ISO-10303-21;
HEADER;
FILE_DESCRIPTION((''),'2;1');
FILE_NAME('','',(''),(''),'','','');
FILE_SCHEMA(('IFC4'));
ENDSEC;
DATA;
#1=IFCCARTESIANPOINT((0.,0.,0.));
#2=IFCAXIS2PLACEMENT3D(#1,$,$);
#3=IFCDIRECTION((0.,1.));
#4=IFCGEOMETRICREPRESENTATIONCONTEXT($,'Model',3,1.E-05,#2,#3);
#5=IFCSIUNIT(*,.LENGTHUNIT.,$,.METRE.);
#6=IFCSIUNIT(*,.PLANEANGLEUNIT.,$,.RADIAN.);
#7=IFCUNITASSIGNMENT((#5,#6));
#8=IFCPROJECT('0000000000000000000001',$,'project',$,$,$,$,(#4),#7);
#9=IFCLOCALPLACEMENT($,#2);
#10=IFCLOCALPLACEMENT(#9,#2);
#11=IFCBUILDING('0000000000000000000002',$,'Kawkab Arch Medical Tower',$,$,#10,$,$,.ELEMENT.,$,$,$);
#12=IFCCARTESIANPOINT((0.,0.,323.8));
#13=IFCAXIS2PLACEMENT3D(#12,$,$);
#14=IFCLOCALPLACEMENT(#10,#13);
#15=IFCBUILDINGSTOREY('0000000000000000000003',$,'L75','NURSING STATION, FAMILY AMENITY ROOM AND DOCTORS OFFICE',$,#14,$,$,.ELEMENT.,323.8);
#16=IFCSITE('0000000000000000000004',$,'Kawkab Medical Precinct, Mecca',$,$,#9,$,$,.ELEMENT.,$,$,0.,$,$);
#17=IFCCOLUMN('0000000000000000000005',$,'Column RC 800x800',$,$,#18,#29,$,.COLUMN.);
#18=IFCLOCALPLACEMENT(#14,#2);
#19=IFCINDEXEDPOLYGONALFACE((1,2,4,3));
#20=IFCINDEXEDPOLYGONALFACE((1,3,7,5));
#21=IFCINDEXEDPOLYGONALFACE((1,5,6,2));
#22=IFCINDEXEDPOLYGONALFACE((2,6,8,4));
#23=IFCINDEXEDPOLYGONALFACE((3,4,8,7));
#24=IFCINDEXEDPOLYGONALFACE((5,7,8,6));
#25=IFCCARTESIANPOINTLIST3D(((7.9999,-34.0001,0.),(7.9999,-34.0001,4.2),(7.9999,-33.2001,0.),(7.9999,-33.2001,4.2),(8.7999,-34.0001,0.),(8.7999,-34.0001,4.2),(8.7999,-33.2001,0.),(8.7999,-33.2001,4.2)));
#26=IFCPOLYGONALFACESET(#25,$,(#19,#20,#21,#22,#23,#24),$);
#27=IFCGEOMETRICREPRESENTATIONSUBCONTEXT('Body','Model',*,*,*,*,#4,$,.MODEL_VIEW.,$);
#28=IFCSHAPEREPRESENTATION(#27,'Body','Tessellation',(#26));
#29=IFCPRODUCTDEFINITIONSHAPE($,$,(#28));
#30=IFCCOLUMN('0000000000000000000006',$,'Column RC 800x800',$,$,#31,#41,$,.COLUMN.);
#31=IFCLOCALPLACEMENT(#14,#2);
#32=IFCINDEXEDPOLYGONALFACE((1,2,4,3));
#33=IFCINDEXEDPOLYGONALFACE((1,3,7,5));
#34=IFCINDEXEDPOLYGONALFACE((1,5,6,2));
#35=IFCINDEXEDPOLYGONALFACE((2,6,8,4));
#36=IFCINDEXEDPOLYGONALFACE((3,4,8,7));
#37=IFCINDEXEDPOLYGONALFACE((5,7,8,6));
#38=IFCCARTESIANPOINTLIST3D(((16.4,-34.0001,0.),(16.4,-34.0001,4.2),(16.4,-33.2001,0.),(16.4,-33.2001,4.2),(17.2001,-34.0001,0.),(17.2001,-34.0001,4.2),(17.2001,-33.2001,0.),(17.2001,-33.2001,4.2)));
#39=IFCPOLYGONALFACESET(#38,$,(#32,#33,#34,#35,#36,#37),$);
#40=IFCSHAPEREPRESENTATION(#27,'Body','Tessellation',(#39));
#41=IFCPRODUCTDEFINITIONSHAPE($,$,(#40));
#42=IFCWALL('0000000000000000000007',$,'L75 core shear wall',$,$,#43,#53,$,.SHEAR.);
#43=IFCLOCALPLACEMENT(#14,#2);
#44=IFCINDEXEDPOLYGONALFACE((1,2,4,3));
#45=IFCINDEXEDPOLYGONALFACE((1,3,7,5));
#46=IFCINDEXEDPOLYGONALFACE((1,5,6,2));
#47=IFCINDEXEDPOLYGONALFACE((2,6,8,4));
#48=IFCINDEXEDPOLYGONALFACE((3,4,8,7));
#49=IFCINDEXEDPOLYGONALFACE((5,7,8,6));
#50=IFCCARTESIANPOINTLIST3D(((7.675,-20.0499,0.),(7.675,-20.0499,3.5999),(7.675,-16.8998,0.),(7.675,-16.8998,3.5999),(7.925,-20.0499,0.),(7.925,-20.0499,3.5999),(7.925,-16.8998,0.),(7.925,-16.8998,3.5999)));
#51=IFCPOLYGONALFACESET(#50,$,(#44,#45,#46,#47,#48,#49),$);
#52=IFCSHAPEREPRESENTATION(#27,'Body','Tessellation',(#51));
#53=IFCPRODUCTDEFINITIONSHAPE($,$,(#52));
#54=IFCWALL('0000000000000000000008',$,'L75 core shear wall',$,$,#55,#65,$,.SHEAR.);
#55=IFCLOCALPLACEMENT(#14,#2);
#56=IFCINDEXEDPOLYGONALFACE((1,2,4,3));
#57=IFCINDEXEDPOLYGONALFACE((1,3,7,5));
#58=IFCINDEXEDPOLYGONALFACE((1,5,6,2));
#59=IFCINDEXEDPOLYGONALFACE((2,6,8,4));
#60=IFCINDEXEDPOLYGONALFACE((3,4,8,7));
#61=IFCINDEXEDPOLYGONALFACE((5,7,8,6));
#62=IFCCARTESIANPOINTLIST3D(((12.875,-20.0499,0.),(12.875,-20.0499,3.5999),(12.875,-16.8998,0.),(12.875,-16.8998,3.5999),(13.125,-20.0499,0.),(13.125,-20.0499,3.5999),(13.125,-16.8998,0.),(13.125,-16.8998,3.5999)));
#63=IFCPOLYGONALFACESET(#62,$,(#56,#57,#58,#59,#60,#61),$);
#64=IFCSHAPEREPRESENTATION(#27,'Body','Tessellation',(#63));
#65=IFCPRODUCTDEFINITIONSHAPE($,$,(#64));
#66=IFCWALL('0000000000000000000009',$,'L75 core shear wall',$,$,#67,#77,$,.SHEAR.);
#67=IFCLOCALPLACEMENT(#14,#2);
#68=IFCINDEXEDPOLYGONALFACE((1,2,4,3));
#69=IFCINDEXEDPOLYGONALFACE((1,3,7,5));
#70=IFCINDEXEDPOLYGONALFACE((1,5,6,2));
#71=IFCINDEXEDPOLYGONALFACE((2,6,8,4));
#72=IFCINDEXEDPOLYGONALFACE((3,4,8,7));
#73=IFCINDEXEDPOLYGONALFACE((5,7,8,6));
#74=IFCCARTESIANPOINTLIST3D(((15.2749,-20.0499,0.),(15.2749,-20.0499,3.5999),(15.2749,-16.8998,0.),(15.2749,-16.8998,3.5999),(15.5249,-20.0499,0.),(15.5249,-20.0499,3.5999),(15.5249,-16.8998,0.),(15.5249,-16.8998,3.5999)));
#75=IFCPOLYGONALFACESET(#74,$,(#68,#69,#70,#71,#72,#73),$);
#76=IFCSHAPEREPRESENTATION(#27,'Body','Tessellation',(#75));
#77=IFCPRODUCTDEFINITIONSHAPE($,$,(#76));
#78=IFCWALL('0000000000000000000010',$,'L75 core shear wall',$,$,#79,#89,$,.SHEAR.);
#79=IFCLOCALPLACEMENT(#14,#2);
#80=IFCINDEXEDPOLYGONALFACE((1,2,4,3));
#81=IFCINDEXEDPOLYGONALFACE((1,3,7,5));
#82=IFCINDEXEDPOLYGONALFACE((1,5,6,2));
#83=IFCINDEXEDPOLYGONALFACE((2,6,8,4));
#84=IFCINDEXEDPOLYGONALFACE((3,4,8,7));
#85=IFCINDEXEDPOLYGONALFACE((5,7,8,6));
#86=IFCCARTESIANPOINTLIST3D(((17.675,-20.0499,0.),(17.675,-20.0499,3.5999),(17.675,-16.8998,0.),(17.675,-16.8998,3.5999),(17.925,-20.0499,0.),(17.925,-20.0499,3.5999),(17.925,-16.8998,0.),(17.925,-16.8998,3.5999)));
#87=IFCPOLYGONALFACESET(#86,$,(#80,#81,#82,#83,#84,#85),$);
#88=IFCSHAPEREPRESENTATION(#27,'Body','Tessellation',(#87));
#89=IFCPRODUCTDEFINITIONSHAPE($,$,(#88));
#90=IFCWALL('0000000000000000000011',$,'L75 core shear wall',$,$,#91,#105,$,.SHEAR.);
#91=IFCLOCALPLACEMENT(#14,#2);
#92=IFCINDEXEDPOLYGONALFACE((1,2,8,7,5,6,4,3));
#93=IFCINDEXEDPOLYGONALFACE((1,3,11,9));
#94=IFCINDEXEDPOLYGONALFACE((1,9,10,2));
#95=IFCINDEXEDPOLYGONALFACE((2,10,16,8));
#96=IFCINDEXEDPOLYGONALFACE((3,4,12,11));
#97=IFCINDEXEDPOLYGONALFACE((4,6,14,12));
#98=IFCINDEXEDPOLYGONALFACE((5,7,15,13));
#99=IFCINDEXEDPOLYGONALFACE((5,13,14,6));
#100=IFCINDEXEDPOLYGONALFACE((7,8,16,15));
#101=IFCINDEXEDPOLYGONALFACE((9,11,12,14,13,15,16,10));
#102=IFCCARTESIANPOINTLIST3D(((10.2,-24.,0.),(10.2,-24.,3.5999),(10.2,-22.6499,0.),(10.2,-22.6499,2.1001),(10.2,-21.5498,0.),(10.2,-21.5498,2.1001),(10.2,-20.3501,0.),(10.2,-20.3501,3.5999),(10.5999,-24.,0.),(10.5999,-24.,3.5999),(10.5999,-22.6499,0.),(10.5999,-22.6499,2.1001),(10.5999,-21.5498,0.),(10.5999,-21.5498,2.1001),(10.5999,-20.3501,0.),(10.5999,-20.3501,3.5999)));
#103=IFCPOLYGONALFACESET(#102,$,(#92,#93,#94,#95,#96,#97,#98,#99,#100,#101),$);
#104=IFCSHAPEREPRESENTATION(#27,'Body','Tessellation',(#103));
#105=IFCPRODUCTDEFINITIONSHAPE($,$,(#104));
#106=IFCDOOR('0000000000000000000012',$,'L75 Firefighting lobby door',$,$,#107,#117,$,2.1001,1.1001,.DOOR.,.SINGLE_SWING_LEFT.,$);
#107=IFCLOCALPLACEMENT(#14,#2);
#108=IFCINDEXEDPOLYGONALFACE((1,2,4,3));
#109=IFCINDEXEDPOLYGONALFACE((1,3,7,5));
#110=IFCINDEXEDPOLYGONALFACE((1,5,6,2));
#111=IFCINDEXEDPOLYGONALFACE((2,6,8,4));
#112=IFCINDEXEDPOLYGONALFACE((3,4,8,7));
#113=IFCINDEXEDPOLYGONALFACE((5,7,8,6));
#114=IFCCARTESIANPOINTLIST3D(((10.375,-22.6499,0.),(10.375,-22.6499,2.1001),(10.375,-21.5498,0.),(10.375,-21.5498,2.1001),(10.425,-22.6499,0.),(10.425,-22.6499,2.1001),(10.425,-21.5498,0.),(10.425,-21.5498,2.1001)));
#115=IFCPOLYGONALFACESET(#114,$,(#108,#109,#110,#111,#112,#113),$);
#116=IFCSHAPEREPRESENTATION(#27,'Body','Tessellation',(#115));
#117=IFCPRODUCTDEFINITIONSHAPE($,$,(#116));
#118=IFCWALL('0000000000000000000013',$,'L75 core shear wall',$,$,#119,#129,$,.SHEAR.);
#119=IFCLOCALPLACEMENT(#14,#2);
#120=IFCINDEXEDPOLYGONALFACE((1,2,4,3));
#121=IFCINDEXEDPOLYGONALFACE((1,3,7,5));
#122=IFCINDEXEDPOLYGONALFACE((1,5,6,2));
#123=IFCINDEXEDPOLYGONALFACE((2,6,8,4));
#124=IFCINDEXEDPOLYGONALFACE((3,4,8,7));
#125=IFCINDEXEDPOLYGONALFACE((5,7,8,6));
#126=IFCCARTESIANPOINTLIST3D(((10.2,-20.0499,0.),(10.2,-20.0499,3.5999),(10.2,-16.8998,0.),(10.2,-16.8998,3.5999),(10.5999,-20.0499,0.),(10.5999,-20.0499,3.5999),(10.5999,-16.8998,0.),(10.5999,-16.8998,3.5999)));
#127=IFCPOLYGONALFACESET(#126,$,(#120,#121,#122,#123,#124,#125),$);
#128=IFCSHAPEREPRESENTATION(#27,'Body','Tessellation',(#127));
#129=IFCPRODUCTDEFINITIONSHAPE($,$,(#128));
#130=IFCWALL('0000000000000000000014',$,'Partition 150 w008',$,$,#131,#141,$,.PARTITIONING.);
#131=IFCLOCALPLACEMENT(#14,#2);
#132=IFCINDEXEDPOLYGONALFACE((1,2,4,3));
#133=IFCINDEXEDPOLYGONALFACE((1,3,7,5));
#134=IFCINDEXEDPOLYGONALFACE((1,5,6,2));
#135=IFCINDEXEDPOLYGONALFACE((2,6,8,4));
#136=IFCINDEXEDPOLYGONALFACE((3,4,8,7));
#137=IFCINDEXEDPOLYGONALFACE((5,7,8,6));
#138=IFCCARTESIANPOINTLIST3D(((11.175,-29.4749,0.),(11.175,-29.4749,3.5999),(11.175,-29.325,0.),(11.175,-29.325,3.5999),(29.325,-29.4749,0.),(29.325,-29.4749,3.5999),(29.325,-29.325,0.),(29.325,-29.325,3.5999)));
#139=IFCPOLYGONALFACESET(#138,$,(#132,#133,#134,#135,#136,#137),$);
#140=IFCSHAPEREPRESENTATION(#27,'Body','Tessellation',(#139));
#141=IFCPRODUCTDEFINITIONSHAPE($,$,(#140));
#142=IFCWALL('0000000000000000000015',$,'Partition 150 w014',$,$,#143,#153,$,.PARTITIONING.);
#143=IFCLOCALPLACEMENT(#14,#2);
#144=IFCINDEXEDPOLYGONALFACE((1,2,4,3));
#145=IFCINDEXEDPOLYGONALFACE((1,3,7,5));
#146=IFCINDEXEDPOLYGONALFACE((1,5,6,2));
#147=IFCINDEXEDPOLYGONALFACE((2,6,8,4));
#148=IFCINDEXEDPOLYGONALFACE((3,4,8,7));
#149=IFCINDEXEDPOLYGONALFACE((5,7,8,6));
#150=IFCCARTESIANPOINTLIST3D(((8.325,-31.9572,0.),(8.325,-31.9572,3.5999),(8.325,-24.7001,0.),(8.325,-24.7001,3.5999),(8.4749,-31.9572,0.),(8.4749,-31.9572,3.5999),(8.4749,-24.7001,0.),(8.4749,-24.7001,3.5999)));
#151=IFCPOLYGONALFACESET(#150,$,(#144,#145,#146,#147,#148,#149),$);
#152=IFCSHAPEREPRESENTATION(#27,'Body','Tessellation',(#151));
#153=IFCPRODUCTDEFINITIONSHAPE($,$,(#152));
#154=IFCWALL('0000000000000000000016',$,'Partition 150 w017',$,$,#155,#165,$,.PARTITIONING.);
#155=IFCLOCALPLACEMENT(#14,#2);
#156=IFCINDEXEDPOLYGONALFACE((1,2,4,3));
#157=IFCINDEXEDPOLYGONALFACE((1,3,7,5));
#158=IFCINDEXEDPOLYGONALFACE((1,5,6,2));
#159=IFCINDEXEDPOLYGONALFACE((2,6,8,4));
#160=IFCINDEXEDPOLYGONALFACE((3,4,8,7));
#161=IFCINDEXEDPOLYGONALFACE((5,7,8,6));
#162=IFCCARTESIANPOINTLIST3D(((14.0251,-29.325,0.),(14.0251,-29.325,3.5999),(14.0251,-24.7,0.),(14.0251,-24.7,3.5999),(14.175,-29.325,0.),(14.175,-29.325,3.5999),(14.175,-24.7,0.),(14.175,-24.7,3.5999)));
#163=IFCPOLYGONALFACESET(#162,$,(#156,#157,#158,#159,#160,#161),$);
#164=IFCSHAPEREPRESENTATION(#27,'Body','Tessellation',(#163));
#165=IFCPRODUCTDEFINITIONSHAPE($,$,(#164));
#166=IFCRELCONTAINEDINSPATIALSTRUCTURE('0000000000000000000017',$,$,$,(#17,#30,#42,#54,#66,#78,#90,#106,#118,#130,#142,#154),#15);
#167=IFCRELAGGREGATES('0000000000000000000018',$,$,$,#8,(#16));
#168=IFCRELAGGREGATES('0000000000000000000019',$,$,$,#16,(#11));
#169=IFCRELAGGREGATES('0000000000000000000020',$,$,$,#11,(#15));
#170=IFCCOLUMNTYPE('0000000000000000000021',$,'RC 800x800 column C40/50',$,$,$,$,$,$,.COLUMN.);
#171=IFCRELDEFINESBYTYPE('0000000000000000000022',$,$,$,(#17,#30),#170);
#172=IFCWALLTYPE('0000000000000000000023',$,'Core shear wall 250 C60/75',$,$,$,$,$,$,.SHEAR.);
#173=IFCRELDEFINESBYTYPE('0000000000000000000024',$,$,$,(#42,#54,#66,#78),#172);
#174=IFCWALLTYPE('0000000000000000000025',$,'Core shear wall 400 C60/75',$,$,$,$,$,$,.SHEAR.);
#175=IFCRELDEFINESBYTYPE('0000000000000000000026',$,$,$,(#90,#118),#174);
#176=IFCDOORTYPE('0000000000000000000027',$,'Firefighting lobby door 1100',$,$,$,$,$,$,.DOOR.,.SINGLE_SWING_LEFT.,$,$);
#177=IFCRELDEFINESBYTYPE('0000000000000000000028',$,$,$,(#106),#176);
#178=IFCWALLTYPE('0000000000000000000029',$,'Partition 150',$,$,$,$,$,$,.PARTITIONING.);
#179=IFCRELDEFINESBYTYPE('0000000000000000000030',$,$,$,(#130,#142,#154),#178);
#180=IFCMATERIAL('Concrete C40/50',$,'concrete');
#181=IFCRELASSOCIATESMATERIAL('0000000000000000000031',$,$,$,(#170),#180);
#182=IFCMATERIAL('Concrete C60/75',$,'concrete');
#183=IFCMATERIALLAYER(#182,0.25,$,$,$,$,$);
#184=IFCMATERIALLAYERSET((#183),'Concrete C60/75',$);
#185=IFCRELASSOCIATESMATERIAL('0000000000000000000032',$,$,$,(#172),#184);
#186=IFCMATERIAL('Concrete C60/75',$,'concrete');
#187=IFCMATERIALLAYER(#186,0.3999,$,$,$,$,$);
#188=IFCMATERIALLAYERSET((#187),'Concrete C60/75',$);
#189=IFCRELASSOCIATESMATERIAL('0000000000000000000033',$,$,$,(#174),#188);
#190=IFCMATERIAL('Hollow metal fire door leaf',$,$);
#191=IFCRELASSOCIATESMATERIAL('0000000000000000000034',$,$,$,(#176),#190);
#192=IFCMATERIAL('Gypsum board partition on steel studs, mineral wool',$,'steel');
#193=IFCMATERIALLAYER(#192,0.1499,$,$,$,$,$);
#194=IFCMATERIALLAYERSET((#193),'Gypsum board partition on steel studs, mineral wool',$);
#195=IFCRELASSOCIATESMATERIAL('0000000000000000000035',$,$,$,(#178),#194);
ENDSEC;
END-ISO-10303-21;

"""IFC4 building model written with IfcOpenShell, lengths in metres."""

from ifc_helpers import new_model, si_unit, direction, frame, frame_2d, origin, origin_2d, place, context, subcontext, project, spatial, rectangle, extrude, material, layer, layer_set, material_profile, profile_set, type_object, element, fill, save


model = new_model("IFC4")

# Units and contexts
model_context = context("Model", 3, precision=1e-05, world=origin(), true_north=direction((0.0, 1.0)))
body_context = subcontext(model_context, "Body", "Model", "MODEL_VIEW")
ifc_project = project(units=[si_unit("LENGTHUNIT", "METRE"), si_unit("PLANEANGLEUNIT", "RADIAN")], contexts=[model_context])

# Site, building, storey
site_placement = place(None, origin())
site = spatial("IfcSite", under=ifc_project, at=site_placement, Name="Kawkab Medical Precinct, Mecca", CompositionType="ELEMENT", RefElevation=0.0)
building_placement = place(site_placement, origin())
building = spatial("IfcBuilding", under=site, at=building_placement, Name="Kawkab Arch Medical Tower", CompositionType="ELEMENT")
storey_placement = place(building_placement, frame((0.0, 0.0, 323.8)))
storey = spatial("IfcBuildingStorey", under=building, at=storey_placement, Name="L75", Description="NURSING STATION, FAMILY AMENITY ROOM AND DOCTORS OFFICE", CompositionType="ELEMENT", Elevation=323.8)

# Columns
ifc_material_1 = material(Name="Concrete C40/50", Category="concrete")
ifc_material_profile = material_profile(ifc_material_1, rectangle(XDim=0.8, YDim=0.8, at=origin_2d()), Name="RC 800x800")
ifc_profile_set = profile_set([ifc_material_profile], Name="Concrete C40/50")
column_type = type_object("IfcColumnType", Name="RC 800x800 column C40/50", PredefinedType="COLUMN", material=ifc_profile_set)
for number, where, z_axis, x_axis, name in (
    (1, (8.3999, -33.6001, 0.0), (0.0, 0.0, 1.0), (1.0, 0.0, 0.0), "Column RC 800x800"),
    (2, (16.8, -33.6001, 0.0), (0.0, 0.0, 1.0), (1.0, 0.0, 0.0), "Column RC 800x800"),
):
    element("IfcColumn", number, at=place(storey_placement, frame(where, z_axis=z_axis, x_axis=x_axis)), inside=storey, type_object=column_type, Name=name, PredefinedType="COLUMN", context=body_context, shape_type="SweptSolid", body=[
        extrude(rectangle(XDim=0.8, YDim=0.8, at=origin_2d()), origin(), (0.0, 0.0, 1.0), 4.2),
    ])

# Walls
ifc_material_2 = material(Name="Concrete C60/75", Category="concrete")
ifc_layer_1 = layer(ifc_material_2, 0.25)
ifc_layer_set_1 = layer_set([ifc_layer_1], Name="Concrete C60/75")
wall_type_1 = type_object("IfcWallType", Name="Core shear wall 250 C60/75", PredefinedType="SHEAR", material=ifc_layer_set_1)
for number, where, z_axis, x_axis, name in (
    (3, (7.8, -20.05, 0.0), (0.0, 0.0, 1.0), (0.0, 1.0, 0.0), "L75 core shear wall"),
    (4, (13.0, -20.05, 0.0), (0.0, 0.0, 1.0), (0.0, 1.0, 0.0), "L75 core shear wall"),
    (5, (15.3999, -20.05, 0.0), (0.0, 0.0, 1.0), (0.0, 1.0, 0.0), "L75 core shear wall"),
    (6, (17.8, -20.05, 0.0), (0.0, 0.0, 1.0), (0.0, 1.0, 0.0), "L75 core shear wall"),
):
    element("IfcWall", number, at=place(storey_placement, frame(where, z_axis=z_axis, x_axis=x_axis)), inside=storey, type_object=wall_type_1, Name=name, PredefinedType="SHEAR", context=body_context, shape_type="SweptSolid", body=[
        extrude(rectangle(XDim=3.1501, YDim=0.25, at=frame_2d((1.5752, 0.0))), origin(), (0.0, 0.0, 1.0), 3.5999),
    ])

# Wall, opening, door
ifc_material_3 = material(Name="Concrete C60/75", Category="concrete")
ifc_layer_2 = layer(ifc_material_3, 0.3999)
ifc_layer_set_2 = layer_set([ifc_layer_2], Name="Concrete C60/75")
wall_type_2 = type_object("IfcWallType", Name="Core shear wall 400 C60/75", PredefinedType="SHEAR", material=ifc_layer_set_2)
wall_1_placement = place(storey_placement, frame((10.3999, -24.0, 0.0), z_axis=(0.0, 0.0, 1.0), x_axis=(0.0, 1.0, 0.0)))
wall_1 = element("IfcWall", 7, at=wall_1_placement, inside=storey, type_object=wall_type_2, Name="L75 core shear wall", PredefinedType="SHEAR", context=body_context, shape_type="SweptSolid", body=[
    extrude(rectangle(XDim=3.6499, YDim=0.3999, at=frame_2d((1.825, 0.0))), origin(), (0.0, 0.0, 1.0), 3.5999),
])
opening_placement = place(wall_1_placement, frame((1.3501, 0.0, 0.0)))
opening = element("IfcOpeningElement", 8, at=opening_placement, cuts=wall_1, PredefinedType="OPENING", context=body_context, shape_type="SweptSolid", body=[
    extrude(rectangle(XDim=1.1001, YDim=2.1001, at=frame_2d((0.55, 1.05))), frame((0.0, 0.21, 0.0), z_axis=(0.0, -1.0, 0.0), x_axis=(1.0, 0.0, 0.0)), (0.0, 0.0, 1.0), 0.4199),
])
ifc_material_4 = material(Name="Hollow metal fire door leaf")
door_type = type_object("IfcDoorType", Name="Firefighting lobby door 1100", OperationType="SINGLE_SWING_LEFT", PredefinedType="DOOR", material=ifc_material_4)
door_placement = place(opening_placement, origin())
door = element("IfcDoor", 9, at=door_placement, inside=storey, type_object=door_type, Name="L75 Firefighting lobby door", OperationType="SINGLE_SWING_LEFT", OverallHeight=2.1001, OverallWidth=1.1001, PredefinedType="DOOR", context=body_context, shape_type="SweptSolid", body=[
    extrude(rectangle(XDim=1.1001, YDim=2.1001, at=frame_2d((0.55, 1.05))), frame((0.0, 0.0249, 0.0), z_axis=(0.0, -1.0, 0.0), x_axis=(1.0, 0.0, 0.0)), (0.0, 0.0, 1.0), 0.05),
])
fill(opening, door)

# Walls
wall_2_placement = place(storey_placement, frame((10.3999, -20.05, 0.0), z_axis=(0.0, 0.0, 1.0), x_axis=(0.0, 1.0, 0.0)))
element("IfcWall", 10, at=wall_2_placement, inside=storey, type_object=wall_type_2, Name="L75 core shear wall", PredefinedType="SHEAR", context=body_context, shape_type="SweptSolid", body=[
    extrude(rectangle(XDim=3.1501, YDim=0.3999, at=frame_2d((1.5752, 0.0))), origin(), (0.0, 0.0, 1.0), 3.5999),
])
ifc_material_5 = material(Name="Gypsum board partition on steel studs, mineral wool", Category="steel")
ifc_layer_3 = layer(ifc_material_5, 0.1499)
ifc_layer_set_3 = layer_set([ifc_layer_3], Name="Gypsum board partition on steel studs, mineral wool")
wall_type_3 = type_object("IfcWallType", Name="Partition 150", PredefinedType="PARTITIONING", material=ifc_layer_set_3)
wall_3_placement = place(storey_placement, frame((11.175, -29.3999, 0.0), z_axis=(0.0, 0.0, 1.0), x_axis=(1.0, 0.0, 0.0)))
element("IfcWall", 11, at=wall_3_placement, inside=storey, type_object=wall_type_3, Name="Partition 150 w008", PredefinedType="PARTITIONING", context=body_context, shape_type="SweptSolid", body=[
    extrude(rectangle(XDim=18.1499, YDim=0.1499, at=frame_2d((9.075, 0.0))), origin(), (0.0, 0.0, 1.0), 3.5999),
])
wall_4_placement = place(storey_placement, frame((8.3999, -31.957, 0.0), z_axis=(0.0, 0.0, 1.0), x_axis=(0.0, 1.0, 0.0)))
element("IfcWall", 12, at=wall_4_placement, inside=storey, type_object=wall_type_3, Name="Partition 150 w014", PredefinedType="PARTITIONING", context=body_context, shape_type="SweptSolid", body=[
    extrude(rectangle(XDim=7.2571, YDim=0.1499, at=frame_2d((3.6284, 0.0))), origin(), (0.0, 0.0, 1.0), 3.5999),
])
wall_5_placement = place(storey_placement, frame((14.1001, -29.325, 0.0), z_axis=(0.0, 0.0, 1.0), x_axis=(0.0, 1.0, 0.0)))
element("IfcWall", 13, at=wall_5_placement, inside=storey, type_object=wall_type_3, Name="Partition 150 w017", PredefinedType="PARTITIONING", context=body_context, shape_type="SweptSolid", body=[
    extrude(rectangle(XDim=4.625, YDim=0.1499, at=frame_2d((2.3125, 0.0))), origin(), (0.0, 0.0, 1.0), 3.5999),
])

save(model, "model.ifc")
